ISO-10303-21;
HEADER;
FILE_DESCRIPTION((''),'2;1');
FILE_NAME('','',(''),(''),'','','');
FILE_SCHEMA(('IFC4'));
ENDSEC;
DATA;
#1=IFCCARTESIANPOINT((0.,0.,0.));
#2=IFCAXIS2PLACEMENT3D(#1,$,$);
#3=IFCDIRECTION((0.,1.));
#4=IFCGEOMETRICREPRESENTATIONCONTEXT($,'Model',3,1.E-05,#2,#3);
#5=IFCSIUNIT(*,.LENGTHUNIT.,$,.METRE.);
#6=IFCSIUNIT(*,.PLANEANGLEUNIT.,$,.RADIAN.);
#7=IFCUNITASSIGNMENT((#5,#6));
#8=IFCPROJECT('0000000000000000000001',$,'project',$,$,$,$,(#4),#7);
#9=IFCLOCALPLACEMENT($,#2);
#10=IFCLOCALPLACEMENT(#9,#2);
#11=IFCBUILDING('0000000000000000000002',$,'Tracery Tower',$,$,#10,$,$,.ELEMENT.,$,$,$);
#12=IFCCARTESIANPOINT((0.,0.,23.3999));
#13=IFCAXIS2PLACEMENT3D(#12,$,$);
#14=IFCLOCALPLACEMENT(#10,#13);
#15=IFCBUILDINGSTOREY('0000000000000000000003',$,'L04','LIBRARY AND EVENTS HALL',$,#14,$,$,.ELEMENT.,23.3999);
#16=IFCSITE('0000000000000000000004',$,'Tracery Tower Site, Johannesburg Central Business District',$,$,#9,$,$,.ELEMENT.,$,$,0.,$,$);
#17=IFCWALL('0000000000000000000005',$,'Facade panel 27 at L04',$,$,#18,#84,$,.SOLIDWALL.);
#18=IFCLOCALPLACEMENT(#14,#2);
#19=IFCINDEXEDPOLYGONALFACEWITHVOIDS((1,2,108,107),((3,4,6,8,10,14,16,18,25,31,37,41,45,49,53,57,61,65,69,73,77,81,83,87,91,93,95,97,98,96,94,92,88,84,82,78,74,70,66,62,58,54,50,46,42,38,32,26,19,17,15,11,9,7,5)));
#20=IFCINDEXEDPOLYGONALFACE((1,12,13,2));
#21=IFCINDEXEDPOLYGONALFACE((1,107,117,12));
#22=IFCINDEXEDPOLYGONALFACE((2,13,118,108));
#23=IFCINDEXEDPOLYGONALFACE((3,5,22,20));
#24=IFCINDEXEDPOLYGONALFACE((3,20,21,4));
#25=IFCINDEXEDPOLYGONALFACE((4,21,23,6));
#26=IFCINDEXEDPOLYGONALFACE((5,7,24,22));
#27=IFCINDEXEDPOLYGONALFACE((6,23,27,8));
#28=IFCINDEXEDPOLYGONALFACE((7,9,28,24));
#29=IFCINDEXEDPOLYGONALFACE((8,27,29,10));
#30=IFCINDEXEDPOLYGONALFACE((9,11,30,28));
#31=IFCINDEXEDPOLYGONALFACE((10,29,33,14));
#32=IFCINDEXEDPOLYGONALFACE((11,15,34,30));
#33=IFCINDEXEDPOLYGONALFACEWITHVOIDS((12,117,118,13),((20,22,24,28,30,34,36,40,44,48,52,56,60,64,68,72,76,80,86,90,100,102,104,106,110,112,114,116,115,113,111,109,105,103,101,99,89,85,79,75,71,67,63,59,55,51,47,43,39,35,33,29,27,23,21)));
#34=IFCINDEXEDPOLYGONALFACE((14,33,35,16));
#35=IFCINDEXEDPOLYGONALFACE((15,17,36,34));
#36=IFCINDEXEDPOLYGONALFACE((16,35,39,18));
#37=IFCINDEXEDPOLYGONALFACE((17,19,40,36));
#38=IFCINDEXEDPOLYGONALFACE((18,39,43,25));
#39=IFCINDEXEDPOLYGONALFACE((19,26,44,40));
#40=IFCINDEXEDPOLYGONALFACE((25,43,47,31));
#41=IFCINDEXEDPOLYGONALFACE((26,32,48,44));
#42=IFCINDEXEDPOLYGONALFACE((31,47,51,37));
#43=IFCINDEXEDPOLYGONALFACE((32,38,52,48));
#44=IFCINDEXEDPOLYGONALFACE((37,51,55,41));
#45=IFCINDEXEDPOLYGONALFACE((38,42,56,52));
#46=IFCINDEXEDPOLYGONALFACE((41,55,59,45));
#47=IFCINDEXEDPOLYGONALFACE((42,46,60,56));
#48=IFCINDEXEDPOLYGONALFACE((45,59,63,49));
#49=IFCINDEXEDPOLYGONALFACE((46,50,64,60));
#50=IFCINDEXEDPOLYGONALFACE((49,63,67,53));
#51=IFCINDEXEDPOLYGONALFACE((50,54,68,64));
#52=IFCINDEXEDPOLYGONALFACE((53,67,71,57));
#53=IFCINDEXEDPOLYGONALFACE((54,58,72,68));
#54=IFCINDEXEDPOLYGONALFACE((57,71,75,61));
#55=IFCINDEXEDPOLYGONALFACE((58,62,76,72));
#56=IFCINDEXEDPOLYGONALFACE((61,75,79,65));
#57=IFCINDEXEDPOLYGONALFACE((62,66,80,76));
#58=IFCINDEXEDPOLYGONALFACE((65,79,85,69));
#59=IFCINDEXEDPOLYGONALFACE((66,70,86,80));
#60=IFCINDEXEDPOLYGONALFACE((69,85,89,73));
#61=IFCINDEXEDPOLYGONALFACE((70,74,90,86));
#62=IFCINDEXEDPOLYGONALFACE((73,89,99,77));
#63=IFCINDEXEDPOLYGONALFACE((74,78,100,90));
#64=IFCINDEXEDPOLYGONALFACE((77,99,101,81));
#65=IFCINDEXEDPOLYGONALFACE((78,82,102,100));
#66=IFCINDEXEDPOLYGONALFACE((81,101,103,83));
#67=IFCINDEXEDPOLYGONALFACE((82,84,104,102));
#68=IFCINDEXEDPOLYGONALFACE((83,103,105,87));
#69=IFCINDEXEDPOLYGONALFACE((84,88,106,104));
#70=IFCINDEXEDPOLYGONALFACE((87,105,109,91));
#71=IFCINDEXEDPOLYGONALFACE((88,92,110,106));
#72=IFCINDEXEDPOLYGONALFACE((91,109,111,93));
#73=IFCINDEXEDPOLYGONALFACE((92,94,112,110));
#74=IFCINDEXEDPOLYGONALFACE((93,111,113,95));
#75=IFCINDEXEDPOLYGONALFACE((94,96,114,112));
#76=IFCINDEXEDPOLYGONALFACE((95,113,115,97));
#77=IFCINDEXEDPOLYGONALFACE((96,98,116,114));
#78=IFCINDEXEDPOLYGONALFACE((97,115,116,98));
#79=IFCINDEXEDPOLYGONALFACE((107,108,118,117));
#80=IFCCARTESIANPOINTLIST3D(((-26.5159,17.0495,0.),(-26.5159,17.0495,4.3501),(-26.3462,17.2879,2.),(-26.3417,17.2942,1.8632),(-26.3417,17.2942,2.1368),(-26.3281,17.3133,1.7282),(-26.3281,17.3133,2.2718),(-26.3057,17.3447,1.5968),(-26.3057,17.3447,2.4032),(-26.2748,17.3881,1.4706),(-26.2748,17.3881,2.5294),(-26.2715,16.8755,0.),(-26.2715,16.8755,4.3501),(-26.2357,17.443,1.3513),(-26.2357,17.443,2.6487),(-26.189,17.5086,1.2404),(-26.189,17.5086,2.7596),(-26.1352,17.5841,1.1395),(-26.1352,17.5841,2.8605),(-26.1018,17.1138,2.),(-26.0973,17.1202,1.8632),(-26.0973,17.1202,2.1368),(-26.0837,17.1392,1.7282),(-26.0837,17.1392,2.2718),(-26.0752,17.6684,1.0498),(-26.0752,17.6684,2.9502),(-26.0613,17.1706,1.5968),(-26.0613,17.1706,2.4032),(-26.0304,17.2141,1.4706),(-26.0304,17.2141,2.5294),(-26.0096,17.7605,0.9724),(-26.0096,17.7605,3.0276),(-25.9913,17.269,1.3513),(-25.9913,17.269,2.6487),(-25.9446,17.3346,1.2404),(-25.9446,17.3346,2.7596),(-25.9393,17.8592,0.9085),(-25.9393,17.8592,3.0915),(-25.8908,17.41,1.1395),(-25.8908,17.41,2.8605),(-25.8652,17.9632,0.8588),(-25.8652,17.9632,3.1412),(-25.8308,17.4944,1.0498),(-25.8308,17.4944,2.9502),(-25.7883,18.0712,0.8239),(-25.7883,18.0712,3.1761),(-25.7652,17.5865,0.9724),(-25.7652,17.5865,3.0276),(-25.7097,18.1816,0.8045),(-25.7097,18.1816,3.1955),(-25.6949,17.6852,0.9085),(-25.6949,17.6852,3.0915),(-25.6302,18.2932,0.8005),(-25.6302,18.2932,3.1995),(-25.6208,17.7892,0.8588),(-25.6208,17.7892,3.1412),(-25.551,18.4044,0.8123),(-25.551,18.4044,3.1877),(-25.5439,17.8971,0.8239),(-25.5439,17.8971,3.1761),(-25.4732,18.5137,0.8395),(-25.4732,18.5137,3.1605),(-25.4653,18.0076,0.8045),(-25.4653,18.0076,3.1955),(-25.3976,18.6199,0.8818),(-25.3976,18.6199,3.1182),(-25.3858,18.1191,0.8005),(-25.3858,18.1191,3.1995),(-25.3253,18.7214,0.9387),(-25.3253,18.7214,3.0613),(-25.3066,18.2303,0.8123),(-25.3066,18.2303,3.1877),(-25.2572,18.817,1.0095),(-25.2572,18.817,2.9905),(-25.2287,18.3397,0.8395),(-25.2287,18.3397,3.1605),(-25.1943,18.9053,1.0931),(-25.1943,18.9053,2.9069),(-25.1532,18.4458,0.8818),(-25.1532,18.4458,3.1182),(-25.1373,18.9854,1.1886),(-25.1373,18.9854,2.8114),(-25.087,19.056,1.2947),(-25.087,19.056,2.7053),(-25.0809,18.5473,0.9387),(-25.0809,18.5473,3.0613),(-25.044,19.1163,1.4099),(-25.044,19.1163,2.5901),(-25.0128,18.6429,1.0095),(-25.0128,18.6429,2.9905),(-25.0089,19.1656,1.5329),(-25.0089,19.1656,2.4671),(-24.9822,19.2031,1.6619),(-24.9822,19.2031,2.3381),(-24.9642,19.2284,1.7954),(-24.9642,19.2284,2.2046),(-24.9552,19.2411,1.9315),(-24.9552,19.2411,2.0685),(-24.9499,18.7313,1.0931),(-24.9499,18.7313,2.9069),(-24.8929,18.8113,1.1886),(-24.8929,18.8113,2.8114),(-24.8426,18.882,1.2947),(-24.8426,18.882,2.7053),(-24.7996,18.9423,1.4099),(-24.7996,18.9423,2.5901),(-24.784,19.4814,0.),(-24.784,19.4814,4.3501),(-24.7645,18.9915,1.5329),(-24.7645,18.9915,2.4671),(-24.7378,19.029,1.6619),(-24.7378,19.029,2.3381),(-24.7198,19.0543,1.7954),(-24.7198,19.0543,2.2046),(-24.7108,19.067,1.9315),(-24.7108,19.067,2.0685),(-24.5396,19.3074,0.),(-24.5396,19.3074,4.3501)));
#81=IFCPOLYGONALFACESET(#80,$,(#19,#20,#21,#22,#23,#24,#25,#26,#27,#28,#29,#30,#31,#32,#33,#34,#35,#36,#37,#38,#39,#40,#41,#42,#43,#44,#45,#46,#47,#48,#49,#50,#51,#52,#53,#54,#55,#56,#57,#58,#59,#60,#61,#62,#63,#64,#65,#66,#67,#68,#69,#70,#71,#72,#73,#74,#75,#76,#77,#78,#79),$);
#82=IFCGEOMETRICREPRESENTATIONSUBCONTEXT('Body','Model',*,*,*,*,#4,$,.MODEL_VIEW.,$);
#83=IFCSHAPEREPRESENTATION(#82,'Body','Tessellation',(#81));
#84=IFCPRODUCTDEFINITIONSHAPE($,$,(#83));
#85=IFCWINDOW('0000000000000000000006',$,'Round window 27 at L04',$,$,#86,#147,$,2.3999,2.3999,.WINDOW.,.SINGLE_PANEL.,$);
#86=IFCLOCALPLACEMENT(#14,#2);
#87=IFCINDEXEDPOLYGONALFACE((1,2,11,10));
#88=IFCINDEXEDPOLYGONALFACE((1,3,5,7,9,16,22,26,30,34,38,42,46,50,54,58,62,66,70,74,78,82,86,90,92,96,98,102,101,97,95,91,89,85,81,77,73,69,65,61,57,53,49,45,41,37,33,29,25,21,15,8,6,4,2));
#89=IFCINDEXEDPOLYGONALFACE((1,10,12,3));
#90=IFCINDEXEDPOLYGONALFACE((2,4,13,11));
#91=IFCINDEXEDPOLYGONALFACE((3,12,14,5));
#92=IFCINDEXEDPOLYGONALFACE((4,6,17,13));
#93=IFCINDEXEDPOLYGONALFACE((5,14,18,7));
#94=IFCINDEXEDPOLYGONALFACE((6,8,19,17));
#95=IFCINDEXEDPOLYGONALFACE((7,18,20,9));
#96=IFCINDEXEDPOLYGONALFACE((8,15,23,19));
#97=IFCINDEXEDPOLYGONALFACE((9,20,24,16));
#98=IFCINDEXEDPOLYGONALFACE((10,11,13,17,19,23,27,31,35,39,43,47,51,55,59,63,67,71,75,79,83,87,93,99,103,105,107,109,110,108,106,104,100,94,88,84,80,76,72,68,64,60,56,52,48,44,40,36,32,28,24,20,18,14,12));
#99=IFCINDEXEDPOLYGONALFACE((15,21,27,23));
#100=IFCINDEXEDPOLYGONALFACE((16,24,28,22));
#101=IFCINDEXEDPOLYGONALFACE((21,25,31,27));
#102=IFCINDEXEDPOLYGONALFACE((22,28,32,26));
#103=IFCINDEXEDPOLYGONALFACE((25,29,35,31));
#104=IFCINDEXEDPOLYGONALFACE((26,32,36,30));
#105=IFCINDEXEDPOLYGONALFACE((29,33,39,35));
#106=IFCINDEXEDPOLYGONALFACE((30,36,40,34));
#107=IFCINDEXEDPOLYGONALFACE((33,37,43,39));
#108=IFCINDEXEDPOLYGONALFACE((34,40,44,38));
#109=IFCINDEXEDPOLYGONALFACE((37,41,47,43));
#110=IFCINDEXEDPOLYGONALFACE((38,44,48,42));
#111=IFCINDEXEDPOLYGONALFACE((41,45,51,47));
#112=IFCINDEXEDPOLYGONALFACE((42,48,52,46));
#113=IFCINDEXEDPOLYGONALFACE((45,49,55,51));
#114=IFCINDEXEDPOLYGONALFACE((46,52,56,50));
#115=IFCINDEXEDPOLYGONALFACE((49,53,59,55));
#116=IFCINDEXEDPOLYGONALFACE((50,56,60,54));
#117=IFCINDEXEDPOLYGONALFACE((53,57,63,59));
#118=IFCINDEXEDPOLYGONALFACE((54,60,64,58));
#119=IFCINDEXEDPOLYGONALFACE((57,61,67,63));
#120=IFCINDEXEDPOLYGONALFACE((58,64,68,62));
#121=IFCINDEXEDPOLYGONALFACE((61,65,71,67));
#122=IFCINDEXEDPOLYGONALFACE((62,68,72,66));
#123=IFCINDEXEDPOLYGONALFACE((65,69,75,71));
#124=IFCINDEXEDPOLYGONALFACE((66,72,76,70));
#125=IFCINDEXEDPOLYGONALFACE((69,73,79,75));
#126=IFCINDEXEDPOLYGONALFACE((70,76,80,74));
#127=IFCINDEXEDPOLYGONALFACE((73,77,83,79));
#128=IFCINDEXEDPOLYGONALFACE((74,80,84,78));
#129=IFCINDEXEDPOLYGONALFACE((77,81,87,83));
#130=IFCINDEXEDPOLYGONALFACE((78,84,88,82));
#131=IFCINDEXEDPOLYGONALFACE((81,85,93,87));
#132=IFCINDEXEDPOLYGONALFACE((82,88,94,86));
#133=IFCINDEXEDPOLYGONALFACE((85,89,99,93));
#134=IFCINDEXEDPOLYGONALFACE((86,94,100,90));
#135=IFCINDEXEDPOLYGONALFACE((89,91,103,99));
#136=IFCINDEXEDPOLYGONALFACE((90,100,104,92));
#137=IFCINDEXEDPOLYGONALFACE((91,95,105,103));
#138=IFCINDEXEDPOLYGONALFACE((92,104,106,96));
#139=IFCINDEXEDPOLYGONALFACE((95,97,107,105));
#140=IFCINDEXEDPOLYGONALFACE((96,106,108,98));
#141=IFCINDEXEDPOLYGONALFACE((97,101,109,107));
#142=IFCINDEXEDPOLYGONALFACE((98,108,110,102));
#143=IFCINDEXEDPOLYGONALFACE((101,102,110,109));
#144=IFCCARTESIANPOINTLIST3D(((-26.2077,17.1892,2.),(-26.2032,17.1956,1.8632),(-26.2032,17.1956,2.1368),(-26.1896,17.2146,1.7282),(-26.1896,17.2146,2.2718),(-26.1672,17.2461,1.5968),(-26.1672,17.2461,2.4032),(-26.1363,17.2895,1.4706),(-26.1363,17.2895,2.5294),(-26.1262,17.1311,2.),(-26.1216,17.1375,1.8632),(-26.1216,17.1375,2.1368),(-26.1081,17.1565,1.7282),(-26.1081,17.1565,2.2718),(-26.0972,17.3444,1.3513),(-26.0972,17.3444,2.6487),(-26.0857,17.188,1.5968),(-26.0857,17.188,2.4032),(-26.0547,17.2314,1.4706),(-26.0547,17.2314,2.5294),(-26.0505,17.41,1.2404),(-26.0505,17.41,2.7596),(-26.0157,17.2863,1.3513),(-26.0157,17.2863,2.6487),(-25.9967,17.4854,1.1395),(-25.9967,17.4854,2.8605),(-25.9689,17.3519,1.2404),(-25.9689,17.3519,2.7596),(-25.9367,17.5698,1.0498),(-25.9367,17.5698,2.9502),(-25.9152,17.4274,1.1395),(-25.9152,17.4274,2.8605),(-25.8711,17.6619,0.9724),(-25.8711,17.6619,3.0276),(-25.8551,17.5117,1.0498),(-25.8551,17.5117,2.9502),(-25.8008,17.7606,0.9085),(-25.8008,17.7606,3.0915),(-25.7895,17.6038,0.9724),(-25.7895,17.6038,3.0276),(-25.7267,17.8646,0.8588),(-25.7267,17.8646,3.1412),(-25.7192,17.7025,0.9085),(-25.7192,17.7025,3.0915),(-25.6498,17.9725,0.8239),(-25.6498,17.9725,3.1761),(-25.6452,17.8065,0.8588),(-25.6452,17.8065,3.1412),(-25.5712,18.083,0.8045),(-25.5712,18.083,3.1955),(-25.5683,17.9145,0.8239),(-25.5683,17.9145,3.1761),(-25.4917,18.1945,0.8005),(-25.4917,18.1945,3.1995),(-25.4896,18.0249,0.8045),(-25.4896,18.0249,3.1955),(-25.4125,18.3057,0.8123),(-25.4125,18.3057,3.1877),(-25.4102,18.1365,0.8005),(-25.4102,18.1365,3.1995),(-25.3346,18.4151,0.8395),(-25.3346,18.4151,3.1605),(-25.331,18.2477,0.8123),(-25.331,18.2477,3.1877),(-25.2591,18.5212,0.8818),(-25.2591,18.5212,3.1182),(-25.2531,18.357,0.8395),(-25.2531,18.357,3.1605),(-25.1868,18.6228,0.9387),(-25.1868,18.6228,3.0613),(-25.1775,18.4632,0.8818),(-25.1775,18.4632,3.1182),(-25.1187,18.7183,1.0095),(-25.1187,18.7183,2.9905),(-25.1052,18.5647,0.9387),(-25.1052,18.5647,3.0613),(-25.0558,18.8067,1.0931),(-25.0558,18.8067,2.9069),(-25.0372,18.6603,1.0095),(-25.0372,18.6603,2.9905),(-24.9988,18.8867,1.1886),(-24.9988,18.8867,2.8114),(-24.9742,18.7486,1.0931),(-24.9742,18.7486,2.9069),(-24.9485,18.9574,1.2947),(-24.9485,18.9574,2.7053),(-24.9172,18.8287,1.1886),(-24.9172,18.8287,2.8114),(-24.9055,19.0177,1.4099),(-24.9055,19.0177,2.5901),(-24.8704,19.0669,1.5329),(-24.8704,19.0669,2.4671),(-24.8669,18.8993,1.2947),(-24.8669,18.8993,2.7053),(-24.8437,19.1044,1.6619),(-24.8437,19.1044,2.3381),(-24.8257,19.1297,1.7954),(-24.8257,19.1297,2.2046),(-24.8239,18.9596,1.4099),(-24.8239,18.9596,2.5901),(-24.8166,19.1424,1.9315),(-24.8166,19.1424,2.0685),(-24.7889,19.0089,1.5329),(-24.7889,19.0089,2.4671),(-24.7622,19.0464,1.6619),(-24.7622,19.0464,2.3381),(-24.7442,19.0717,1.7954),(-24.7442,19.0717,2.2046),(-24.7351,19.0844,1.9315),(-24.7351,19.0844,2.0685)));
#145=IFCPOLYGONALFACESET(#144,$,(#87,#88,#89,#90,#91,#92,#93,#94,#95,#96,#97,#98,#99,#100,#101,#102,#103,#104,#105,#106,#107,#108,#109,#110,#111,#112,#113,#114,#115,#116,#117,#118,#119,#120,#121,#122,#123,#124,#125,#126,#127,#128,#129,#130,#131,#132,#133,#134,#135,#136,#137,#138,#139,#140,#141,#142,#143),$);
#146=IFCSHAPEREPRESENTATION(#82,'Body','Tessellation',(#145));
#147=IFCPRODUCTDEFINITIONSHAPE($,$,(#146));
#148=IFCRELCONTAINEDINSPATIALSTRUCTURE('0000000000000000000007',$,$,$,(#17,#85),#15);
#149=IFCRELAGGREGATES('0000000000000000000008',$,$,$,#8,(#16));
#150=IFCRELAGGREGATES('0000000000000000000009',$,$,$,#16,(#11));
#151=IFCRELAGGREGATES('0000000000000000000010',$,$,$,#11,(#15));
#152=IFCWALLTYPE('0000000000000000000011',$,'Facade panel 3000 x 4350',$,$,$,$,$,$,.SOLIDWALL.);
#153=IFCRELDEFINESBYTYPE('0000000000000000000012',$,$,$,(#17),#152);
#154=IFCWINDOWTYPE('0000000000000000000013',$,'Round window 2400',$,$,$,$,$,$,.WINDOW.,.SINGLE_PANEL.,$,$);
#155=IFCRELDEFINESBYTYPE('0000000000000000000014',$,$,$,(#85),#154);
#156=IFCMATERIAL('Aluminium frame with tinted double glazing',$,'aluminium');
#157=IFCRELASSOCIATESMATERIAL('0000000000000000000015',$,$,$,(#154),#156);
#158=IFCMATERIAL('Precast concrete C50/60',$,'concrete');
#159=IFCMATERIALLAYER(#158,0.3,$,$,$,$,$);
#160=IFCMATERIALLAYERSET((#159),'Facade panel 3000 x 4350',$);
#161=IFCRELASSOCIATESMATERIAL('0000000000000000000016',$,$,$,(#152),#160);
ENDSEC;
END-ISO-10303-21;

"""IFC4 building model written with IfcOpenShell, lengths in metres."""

from ifc_helpers import new_model, si_unit, direction, frame, frame_2d, origin, origin_2d, place, context, subcontext, project, spatial, rectangle, circle, extrude, material, layer, layer_set, type_object, element, fill, save


model = new_model("IFC4")

# Units and contexts
model_context = context("Model", 3, precision=1e-05, world=origin(), true_north=direction((0.0, 1.0)))
body_context = subcontext(model_context, "Body", "Model", "MODEL_VIEW")
ifc_project = project(units=[si_unit("LENGTHUNIT", "METRE"), si_unit("PLANEANGLEUNIT", "RADIAN")], contexts=[model_context])

# Site, building, storey
site_placement = place(None, origin())
site = spatial("IfcSite", under=ifc_project, at=site_placement, Name="Tracery Tower Site, Johannesburg Central Business District", CompositionType="ELEMENT", RefElevation=0.0)
building_placement = place(site_placement, origin())
building = spatial("IfcBuilding", under=site, at=building_placement, Name="Tracery Tower", CompositionType="ELEMENT")
storey_placement = place(building_placement, frame((0.0, 0.0, 23.3999)))
storey = spatial("IfcBuildingStorey", under=building, at=storey_placement, Name="L04", Description="LIBRARY AND EVENTS HALL", CompositionType="ELEMENT", Elevation=23.3999)

# Wall, opening, window
ifc_material_1 = material(Name="Aluminium frame with tinted double glazing", Category="aluminium")
window_type = type_object("IfcWindowType", Name="Round window 2400", PartitioningType="SINGLE_PANEL", PredefinedType="WINDOW", material=ifc_material_1)
ifc_material_2 = material(Name="Precast concrete C50/60", Category="concrete")
ifc_layer_1 = layer(ifc_material_2, 0.3)
ifc_layer_set_1 = layer_set([ifc_layer_1], Name="Facade panel 3000 x 4350")
wall_type_1 = type_object("IfcWallType", Name="Facade panel 3000 x 4350", PredefinedType="SOLIDWALL", material=ifc_layer_set_1)
wall_1_placement = place(storey_placement, frame((-24.6619, 19.3943, 0.0), z_axis=(0.0, 0.0, 1.0), x_axis=(-0.580101, -0.814545, 0.0)))
wall_1 = element("IfcWall", 1, at=wall_1_placement, inside=storey, type_object=wall_type_1, Name="Facade panel 27 at L04", PredefinedType="SOLIDWALL", context=body_context, shape_type="SweptSolid", body=[
    extrude(rectangle(XDim=2.9856, YDim=0.3, at=frame_2d((1.4927, 0.0))), origin(), (0.0, 0.0, 1.0), 4.3501),
])
opening_1_placement = place(wall_1_placement, frame((1.4929, 0.0, 2.0)))
opening_1 = element("IfcOpeningElement", 2, at=opening_1_placement, cuts=wall_1, PredefinedType="OPENING", context=body_context, shape_type="SweptSolid", body=[
    extrude(circle(Radius=1.2, at=origin_2d()), frame((0.0, 0.1599, 0.0), z_axis=(0.0, -1.0, 0.0), x_axis=(1.0, 0.0, 0.0)), (0.0, 0.0, 1.0), 0.3201),
])
window_1_placement = place(opening_1_placement, origin())
window_1 = element("IfcWindow", 3, at=window_1_placement, inside=storey, type_object=window_type, Name="Round window 27 at L04", OverallHeight=2.3999, OverallWidth=2.3999, PartitioningType="SINGLE_PANEL", PredefinedType="WINDOW", context=body_context, shape_type="SweptSolid", body=[
    extrude(circle(Radius=1.2, at=origin_2d()), frame((0.0, 0.1201, 0.0), z_axis=(0.0, -1.0, 0.0), x_axis=(1.0, 0.0, 0.0)), (0.0, 0.0, 1.0), 0.1001),
])
fill(opening_1, window_1)

save(model, "model.ifc")
